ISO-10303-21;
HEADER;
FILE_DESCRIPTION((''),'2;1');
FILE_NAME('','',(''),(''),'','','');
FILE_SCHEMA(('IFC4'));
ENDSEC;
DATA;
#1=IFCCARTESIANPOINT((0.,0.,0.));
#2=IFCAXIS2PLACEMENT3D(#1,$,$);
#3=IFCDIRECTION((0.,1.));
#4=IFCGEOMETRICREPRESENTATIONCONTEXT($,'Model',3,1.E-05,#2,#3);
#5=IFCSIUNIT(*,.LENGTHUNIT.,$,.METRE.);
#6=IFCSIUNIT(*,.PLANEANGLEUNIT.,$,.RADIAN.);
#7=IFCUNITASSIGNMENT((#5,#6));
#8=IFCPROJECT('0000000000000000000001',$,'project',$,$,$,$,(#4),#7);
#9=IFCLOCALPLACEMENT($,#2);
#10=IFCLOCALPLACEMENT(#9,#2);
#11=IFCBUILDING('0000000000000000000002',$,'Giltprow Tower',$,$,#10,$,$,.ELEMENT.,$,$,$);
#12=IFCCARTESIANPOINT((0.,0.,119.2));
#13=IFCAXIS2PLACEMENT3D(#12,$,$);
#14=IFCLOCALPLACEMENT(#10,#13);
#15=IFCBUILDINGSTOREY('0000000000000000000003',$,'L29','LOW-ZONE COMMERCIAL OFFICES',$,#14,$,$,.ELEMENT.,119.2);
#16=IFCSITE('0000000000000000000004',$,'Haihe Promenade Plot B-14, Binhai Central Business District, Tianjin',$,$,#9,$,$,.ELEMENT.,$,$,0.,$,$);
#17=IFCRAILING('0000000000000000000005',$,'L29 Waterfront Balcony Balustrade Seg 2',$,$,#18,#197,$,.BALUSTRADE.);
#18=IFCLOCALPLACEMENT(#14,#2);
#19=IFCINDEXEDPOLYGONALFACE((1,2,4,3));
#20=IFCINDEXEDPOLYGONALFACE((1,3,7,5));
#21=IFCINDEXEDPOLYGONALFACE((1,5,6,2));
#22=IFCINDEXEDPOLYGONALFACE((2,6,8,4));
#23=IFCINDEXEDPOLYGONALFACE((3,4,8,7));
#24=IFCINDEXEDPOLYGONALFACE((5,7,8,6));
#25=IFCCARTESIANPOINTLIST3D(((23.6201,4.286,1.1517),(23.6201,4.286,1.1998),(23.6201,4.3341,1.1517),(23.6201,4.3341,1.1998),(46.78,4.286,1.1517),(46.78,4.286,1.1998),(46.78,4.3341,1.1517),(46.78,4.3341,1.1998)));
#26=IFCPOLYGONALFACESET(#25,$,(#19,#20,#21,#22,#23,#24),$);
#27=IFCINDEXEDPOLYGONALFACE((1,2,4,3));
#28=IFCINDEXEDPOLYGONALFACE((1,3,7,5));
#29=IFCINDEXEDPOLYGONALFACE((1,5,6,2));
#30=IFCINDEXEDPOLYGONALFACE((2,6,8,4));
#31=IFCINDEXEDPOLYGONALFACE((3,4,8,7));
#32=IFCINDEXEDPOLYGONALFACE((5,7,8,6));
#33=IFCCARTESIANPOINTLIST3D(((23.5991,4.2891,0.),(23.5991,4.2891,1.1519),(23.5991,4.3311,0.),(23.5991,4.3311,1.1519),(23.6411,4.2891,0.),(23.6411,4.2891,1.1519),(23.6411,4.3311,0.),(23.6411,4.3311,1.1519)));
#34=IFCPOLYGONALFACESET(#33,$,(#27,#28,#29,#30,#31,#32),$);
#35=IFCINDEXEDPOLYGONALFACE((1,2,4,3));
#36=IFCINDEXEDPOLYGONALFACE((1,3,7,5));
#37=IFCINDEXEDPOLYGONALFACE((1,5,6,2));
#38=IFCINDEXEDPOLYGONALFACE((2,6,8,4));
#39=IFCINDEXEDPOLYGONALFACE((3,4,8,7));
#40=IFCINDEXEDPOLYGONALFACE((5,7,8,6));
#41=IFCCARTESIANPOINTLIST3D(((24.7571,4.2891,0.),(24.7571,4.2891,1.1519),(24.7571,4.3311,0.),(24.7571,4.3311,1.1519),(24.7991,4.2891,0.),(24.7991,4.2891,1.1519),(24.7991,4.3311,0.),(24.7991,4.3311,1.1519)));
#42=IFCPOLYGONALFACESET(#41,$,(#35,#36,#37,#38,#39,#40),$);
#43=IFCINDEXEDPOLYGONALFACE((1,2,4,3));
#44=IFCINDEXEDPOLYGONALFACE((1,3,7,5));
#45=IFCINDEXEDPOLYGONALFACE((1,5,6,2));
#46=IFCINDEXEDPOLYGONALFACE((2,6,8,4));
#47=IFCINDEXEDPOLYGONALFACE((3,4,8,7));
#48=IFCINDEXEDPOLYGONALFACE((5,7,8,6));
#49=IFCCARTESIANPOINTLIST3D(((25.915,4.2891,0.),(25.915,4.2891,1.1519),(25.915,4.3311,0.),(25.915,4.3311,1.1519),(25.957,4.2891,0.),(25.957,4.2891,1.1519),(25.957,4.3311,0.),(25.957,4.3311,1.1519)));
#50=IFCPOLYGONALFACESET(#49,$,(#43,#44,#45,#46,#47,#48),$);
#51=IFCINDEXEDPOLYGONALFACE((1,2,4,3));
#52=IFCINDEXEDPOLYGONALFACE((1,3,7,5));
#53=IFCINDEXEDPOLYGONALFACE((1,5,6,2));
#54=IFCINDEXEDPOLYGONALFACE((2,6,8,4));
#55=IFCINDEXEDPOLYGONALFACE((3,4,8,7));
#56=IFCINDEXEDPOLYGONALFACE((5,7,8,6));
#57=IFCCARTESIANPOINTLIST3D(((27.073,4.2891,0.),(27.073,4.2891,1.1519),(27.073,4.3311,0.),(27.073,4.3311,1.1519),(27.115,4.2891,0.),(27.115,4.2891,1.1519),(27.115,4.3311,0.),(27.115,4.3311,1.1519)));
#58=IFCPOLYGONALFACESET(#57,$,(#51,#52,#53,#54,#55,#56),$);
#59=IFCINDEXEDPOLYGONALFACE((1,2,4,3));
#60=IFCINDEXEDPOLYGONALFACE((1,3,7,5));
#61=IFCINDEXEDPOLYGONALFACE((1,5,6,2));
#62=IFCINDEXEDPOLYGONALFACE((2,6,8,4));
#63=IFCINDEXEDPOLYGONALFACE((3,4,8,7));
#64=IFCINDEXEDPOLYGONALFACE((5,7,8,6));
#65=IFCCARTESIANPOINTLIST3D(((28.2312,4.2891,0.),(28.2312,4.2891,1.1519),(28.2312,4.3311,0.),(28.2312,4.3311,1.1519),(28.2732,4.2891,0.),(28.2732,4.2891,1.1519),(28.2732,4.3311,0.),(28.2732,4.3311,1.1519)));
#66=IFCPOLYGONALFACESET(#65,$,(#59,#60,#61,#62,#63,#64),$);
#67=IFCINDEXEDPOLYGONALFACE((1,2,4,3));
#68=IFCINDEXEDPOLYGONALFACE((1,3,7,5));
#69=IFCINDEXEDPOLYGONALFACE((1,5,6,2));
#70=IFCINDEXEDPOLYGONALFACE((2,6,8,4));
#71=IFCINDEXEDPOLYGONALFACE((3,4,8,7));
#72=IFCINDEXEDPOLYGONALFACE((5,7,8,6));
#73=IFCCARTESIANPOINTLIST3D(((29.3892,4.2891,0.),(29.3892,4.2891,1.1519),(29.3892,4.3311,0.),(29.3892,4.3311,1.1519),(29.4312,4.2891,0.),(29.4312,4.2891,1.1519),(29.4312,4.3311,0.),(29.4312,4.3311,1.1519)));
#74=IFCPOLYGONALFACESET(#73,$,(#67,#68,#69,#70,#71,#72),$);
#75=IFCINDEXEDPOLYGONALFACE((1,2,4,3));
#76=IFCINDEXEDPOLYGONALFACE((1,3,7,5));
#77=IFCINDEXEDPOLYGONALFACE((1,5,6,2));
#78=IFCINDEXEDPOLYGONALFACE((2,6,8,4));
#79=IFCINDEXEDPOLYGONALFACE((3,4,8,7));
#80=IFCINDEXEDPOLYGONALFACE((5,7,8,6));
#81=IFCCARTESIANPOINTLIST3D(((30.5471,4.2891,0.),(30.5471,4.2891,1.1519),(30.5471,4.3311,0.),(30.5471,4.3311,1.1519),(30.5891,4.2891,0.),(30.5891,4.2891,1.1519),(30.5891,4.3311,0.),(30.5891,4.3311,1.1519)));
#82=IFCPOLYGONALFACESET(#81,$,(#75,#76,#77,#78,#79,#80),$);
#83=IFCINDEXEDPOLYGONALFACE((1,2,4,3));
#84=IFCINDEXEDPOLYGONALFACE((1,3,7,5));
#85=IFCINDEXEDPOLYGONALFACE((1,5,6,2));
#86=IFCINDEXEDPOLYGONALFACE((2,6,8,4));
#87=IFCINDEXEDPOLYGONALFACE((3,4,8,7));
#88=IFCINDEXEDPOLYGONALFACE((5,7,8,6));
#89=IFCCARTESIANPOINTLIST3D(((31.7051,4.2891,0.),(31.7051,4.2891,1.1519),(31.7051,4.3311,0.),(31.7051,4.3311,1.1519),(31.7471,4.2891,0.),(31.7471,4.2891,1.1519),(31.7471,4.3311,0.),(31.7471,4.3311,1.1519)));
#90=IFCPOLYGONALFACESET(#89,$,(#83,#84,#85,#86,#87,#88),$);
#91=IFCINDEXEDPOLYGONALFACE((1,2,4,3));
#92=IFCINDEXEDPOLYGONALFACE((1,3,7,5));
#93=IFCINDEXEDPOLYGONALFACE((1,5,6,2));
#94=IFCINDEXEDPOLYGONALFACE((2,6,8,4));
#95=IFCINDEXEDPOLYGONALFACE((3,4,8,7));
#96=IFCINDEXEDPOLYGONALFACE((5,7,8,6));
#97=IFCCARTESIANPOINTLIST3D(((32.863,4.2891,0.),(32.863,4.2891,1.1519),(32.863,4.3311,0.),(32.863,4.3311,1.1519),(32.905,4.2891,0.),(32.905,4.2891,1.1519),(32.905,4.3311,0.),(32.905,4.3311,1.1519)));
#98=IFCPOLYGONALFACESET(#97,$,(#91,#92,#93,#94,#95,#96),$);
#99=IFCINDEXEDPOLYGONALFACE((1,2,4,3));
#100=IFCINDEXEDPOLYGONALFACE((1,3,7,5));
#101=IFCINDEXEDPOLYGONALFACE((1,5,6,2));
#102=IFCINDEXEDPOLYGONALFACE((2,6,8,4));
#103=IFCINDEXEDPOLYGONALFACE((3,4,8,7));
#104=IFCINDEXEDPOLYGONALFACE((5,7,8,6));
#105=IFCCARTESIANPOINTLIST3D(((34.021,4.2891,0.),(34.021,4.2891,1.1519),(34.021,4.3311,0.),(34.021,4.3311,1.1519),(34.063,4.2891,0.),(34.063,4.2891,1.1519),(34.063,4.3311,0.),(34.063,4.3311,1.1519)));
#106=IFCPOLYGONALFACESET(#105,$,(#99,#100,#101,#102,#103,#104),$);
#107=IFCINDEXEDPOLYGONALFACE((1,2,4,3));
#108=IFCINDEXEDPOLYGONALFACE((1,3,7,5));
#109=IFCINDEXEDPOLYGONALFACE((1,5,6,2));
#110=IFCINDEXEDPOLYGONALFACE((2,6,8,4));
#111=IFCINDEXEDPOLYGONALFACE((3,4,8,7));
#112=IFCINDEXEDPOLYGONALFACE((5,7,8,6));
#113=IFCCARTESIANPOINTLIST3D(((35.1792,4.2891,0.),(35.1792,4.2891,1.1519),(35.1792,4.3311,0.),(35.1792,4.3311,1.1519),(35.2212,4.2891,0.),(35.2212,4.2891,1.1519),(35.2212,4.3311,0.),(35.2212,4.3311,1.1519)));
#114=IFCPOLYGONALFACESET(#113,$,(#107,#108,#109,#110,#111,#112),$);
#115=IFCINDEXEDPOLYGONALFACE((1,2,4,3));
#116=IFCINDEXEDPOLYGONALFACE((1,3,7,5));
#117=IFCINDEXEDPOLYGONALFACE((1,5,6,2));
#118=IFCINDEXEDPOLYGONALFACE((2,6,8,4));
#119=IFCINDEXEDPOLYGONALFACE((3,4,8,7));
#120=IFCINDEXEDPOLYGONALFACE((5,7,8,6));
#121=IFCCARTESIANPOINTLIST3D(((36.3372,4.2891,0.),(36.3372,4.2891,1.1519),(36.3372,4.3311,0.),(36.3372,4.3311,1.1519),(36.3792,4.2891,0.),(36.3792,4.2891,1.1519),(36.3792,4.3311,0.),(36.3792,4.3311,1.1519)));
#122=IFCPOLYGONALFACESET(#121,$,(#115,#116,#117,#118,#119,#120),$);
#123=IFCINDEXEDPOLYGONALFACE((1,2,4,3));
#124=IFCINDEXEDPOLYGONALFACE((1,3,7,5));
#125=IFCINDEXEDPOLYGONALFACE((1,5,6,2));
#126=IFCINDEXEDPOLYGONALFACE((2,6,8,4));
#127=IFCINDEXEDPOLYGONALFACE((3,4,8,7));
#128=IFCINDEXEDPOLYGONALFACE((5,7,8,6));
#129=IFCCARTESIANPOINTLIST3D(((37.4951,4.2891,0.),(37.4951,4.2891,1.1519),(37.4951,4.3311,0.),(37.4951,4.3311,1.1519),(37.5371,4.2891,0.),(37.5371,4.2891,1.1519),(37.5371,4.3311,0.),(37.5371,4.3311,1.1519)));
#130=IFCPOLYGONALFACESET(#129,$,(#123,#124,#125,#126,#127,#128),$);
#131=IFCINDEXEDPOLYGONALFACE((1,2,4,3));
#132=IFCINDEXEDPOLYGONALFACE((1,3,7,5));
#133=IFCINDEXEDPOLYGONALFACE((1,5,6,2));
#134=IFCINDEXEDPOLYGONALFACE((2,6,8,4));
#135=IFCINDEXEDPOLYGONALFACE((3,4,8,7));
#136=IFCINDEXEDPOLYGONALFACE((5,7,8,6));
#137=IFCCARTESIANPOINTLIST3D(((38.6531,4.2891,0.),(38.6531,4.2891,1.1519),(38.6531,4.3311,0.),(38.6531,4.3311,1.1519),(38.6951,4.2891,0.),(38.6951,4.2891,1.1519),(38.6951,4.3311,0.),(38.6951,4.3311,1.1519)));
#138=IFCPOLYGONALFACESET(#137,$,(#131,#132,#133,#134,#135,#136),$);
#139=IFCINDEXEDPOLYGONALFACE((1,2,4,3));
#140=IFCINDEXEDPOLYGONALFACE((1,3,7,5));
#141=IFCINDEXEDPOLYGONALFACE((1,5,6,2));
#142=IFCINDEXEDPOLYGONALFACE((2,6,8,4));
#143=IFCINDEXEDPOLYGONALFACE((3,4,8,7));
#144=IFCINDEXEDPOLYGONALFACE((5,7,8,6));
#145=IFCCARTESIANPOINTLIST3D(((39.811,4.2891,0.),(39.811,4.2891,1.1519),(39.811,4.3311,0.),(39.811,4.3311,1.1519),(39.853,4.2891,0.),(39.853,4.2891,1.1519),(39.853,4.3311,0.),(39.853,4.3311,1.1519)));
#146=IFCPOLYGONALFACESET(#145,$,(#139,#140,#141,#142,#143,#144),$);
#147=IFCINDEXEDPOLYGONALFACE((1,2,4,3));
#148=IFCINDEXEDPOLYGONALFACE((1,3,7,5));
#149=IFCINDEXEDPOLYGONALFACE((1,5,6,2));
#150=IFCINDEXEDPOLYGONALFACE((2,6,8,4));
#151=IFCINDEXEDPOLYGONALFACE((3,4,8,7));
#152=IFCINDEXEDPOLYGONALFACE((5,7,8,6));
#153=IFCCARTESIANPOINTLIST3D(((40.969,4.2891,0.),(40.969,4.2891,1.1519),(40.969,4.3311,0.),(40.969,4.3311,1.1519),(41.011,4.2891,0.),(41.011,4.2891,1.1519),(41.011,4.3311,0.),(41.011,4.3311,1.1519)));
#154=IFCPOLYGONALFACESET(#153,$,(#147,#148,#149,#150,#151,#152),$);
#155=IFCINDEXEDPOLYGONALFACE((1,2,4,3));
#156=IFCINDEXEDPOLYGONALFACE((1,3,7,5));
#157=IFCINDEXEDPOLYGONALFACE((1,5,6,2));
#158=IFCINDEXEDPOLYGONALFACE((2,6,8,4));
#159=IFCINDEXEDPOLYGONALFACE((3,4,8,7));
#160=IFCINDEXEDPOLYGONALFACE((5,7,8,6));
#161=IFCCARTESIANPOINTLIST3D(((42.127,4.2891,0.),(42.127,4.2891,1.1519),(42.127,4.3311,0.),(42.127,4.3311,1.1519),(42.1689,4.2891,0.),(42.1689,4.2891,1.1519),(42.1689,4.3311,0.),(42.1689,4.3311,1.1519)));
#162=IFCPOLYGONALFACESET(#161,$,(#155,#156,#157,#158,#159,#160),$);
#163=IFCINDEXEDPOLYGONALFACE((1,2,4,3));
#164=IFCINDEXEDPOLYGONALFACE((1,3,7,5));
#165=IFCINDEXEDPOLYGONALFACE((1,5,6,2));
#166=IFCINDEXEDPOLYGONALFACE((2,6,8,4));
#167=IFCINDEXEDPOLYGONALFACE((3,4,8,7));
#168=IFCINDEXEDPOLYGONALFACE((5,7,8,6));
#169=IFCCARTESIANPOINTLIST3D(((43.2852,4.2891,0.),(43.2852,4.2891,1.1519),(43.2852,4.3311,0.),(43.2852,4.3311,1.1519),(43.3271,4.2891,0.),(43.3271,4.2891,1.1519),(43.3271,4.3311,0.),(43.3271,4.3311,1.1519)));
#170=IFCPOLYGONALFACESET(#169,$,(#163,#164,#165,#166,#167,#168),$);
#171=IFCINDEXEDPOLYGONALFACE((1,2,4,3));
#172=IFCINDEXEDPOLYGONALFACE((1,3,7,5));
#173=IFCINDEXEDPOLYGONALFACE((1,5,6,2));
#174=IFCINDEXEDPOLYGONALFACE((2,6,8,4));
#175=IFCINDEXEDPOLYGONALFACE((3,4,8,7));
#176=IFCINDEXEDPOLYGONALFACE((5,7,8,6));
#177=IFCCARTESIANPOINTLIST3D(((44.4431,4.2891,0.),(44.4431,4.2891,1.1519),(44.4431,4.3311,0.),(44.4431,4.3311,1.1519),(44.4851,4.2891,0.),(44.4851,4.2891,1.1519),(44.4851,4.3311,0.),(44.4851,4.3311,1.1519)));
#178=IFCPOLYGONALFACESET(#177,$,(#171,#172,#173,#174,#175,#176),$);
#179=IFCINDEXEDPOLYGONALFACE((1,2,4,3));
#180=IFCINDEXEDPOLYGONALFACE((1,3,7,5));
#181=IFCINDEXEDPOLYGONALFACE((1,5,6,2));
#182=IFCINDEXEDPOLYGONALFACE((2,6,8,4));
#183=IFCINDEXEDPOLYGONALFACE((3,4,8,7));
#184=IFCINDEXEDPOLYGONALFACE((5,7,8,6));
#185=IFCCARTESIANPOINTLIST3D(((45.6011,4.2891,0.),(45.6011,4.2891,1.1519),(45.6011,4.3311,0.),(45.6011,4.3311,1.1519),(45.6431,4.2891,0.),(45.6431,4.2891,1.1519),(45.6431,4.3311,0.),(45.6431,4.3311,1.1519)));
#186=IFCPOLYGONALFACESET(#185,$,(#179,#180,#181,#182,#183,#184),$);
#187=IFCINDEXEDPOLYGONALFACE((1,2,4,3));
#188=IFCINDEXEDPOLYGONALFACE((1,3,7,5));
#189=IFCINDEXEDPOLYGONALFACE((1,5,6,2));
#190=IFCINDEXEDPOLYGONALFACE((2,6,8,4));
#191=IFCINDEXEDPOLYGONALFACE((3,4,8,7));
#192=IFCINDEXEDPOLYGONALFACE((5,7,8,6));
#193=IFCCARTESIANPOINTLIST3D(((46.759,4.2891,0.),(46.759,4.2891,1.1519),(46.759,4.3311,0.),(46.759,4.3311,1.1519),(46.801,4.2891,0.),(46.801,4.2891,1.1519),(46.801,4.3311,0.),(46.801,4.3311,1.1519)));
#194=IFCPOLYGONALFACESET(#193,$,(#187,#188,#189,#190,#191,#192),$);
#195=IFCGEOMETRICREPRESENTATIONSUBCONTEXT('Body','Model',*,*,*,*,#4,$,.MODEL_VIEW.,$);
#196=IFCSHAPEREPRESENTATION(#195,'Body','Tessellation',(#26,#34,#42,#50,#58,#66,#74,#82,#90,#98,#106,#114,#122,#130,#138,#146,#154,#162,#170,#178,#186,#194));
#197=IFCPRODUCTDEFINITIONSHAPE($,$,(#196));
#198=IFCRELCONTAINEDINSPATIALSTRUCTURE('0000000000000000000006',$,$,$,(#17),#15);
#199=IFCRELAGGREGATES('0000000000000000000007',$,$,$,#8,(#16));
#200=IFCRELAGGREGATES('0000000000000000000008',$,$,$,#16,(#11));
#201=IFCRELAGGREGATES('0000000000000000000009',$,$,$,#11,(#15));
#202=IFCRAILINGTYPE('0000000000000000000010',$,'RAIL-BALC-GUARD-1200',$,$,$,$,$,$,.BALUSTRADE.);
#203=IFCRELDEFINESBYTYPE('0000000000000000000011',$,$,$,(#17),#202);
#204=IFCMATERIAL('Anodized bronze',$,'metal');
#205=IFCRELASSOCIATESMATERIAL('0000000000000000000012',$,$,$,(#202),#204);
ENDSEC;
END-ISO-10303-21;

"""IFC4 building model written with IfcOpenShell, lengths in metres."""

from ifc_helpers import new_model, si_unit, direction, frame, origin, origin_2d, place, context, subcontext, project, spatial, rectangle, extrude, material, type_object, element, save


model = new_model("IFC4")

# Units and contexts
model_context = context("Model", 3, precision=1e-05, world=origin(), true_north=direction((0.0, 1.0)))
body_context = subcontext(model_context, "Body", "Model", "MODEL_VIEW")
ifc_project = project(units=[si_unit("LENGTHUNIT", "METRE"), si_unit("PLANEANGLEUNIT", "RADIAN")], contexts=[model_context])

# Site, building, storey
site_placement = place(None, origin())
site = spatial("IfcSite", under=ifc_project, at=site_placement, Name="Haihe Promenade Plot B-14, Binhai Central Business District, Tianjin", CompositionType="ELEMENT", RefElevation=0.0)
building_placement = place(site_placement, origin())
building = spatial("IfcBuilding", under=site, at=building_placement, Name="Giltprow Tower", CompositionType="ELEMENT")
storey_placement = place(building_placement, frame((0.0, 0.0, 119.2)))
storey = spatial("IfcBuildingStorey", under=building, at=storey_placement, Name="L29", Description="LOW-ZONE COMMERCIAL OFFICES", CompositionType="ELEMENT", Elevation=119.2)

# Railing
ifc_material_1 = material(Name="Anodized bronze", Category="metal")
railing_type = type_object("IfcRailingType", Name="RAIL-BALC-GUARD-1200", PredefinedType="BALUSTRADE", material=ifc_material_1)
railing_1_placement = place(storey_placement, frame((23.6201, 4.3101, 0.0)))
element("IfcRailing", 1, at=railing_1_placement, inside=storey, type_object=railing_type, Name="L29 Waterfront Balcony Balustrade Seg 2", PredefinedType="BALUSTRADE", context=body_context, shape_type="SweptSolid", body=[
    extrude(rectangle(XDim=0.0481, YDim=0.0481, at=origin_2d()), frame((0.0, 0.0, 1.1758), z_axis=(1.0, 0.0, 0.0), x_axis=(0.0, 1.0, 0.0)), (0.0, 0.0, 1.0), 23.1599),
    extrude(rectangle(XDim=0.042, YDim=0.042, at=origin_2d()), origin(), (0.0, 0.0, 1.0), 1.1519),
    extrude(rectangle(XDim=0.042, YDim=0.042, at=origin_2d()), frame((1.158, 0.0, 0.0)), (0.0, 0.0, 1.0), 1.1519),
    extrude(rectangle(XDim=0.042, YDim=0.042, at=origin_2d()), frame((2.3159, 0.0, 0.0)), (0.0, 0.0, 1.0), 1.1519),
    extrude(rectangle(XDim=0.042, YDim=0.042, at=origin_2d()), frame((3.4739, 0.0, 0.0)), (0.0, 0.0, 1.0), 1.1519),
    extrude(rectangle(XDim=0.042, YDim=0.042, at=origin_2d()), frame((4.6321, 0.0, 0.0)), (0.0, 0.0, 1.0), 1.1519),
    extrude(rectangle(XDim=0.042, YDim=0.042, at=origin_2d()), frame((5.79, 0.0, 0.0)), (0.0, 0.0, 1.0), 1.1519),
    extrude(rectangle(XDim=0.042, YDim=0.042, at=origin_2d()), frame((6.948, 0.0, 0.0)), (0.0, 0.0, 1.0), 1.1519),
    extrude(rectangle(XDim=0.042, YDim=0.042, at=origin_2d()), frame((8.106, 0.0, 0.0)), (0.0, 0.0, 1.0), 1.1519),
    extrude(rectangle(XDim=0.042, YDim=0.042, at=origin_2d()), frame((9.2639, 0.0, 0.0)), (0.0, 0.0, 1.0), 1.1519),
    extrude(rectangle(XDim=0.042, YDim=0.042, at=origin_2d()), frame((10.4219, 0.0, 0.0)), (0.0, 0.0, 1.0), 1.1519),
    extrude(rectangle(XDim=0.042, YDim=0.042, at=origin_2d()), frame((11.5801, 0.0, 0.0)), (0.0, 0.0, 1.0), 1.1519),
    extrude(rectangle(XDim=0.042, YDim=0.042, at=origin_2d()), frame((12.738, 0.0, 0.0)), (0.0, 0.0, 1.0), 1.1519),
    extrude(rectangle(XDim=0.042, YDim=0.042, at=origin_2d()), frame((13.896, 0.0, 0.0)), (0.0, 0.0, 1.0), 1.1519),
    extrude(rectangle(XDim=0.042, YDim=0.042, at=origin_2d()), frame((15.054, 0.0, 0.0)), (0.0, 0.0, 1.0), 1.1519),
    extrude(rectangle(XDim=0.042, YDim=0.042, at=origin_2d()), frame((16.2119, 0.0, 0.0)), (0.0, 0.0, 1.0), 1.1519),
    extrude(rectangle(XDim=0.042, YDim=0.042, at=origin_2d()), frame((17.3699, 0.0, 0.0)), (0.0, 0.0, 1.0), 1.1519),
    extrude(rectangle(XDim=0.042, YDim=0.042, at=origin_2d()), frame((18.5278, 0.0, 0.0)), (0.0, 0.0, 1.0), 1.1519),
    extrude(rectangle(XDim=0.042, YDim=0.042, at=origin_2d()), frame((19.686, 0.0, 0.0)), (0.0, 0.0, 1.0), 1.1519),
    extrude(rectangle(XDim=0.042, YDim=0.042, at=origin_2d()), frame((20.844, 0.0, 0.0)), (0.0, 0.0, 1.0), 1.1519),
    extrude(rectangle(XDim=0.042, YDim=0.042, at=origin_2d()), frame((22.002, 0.0, 0.0)), (0.0, 0.0, 1.0), 1.1519),
    extrude(rectangle(XDim=0.042, YDim=0.042, at=origin_2d()), frame((23.1599, 0.0, 0.0)), (0.0, 0.0, 1.0), 1.1519),
])

save(model, "model.ifc")
